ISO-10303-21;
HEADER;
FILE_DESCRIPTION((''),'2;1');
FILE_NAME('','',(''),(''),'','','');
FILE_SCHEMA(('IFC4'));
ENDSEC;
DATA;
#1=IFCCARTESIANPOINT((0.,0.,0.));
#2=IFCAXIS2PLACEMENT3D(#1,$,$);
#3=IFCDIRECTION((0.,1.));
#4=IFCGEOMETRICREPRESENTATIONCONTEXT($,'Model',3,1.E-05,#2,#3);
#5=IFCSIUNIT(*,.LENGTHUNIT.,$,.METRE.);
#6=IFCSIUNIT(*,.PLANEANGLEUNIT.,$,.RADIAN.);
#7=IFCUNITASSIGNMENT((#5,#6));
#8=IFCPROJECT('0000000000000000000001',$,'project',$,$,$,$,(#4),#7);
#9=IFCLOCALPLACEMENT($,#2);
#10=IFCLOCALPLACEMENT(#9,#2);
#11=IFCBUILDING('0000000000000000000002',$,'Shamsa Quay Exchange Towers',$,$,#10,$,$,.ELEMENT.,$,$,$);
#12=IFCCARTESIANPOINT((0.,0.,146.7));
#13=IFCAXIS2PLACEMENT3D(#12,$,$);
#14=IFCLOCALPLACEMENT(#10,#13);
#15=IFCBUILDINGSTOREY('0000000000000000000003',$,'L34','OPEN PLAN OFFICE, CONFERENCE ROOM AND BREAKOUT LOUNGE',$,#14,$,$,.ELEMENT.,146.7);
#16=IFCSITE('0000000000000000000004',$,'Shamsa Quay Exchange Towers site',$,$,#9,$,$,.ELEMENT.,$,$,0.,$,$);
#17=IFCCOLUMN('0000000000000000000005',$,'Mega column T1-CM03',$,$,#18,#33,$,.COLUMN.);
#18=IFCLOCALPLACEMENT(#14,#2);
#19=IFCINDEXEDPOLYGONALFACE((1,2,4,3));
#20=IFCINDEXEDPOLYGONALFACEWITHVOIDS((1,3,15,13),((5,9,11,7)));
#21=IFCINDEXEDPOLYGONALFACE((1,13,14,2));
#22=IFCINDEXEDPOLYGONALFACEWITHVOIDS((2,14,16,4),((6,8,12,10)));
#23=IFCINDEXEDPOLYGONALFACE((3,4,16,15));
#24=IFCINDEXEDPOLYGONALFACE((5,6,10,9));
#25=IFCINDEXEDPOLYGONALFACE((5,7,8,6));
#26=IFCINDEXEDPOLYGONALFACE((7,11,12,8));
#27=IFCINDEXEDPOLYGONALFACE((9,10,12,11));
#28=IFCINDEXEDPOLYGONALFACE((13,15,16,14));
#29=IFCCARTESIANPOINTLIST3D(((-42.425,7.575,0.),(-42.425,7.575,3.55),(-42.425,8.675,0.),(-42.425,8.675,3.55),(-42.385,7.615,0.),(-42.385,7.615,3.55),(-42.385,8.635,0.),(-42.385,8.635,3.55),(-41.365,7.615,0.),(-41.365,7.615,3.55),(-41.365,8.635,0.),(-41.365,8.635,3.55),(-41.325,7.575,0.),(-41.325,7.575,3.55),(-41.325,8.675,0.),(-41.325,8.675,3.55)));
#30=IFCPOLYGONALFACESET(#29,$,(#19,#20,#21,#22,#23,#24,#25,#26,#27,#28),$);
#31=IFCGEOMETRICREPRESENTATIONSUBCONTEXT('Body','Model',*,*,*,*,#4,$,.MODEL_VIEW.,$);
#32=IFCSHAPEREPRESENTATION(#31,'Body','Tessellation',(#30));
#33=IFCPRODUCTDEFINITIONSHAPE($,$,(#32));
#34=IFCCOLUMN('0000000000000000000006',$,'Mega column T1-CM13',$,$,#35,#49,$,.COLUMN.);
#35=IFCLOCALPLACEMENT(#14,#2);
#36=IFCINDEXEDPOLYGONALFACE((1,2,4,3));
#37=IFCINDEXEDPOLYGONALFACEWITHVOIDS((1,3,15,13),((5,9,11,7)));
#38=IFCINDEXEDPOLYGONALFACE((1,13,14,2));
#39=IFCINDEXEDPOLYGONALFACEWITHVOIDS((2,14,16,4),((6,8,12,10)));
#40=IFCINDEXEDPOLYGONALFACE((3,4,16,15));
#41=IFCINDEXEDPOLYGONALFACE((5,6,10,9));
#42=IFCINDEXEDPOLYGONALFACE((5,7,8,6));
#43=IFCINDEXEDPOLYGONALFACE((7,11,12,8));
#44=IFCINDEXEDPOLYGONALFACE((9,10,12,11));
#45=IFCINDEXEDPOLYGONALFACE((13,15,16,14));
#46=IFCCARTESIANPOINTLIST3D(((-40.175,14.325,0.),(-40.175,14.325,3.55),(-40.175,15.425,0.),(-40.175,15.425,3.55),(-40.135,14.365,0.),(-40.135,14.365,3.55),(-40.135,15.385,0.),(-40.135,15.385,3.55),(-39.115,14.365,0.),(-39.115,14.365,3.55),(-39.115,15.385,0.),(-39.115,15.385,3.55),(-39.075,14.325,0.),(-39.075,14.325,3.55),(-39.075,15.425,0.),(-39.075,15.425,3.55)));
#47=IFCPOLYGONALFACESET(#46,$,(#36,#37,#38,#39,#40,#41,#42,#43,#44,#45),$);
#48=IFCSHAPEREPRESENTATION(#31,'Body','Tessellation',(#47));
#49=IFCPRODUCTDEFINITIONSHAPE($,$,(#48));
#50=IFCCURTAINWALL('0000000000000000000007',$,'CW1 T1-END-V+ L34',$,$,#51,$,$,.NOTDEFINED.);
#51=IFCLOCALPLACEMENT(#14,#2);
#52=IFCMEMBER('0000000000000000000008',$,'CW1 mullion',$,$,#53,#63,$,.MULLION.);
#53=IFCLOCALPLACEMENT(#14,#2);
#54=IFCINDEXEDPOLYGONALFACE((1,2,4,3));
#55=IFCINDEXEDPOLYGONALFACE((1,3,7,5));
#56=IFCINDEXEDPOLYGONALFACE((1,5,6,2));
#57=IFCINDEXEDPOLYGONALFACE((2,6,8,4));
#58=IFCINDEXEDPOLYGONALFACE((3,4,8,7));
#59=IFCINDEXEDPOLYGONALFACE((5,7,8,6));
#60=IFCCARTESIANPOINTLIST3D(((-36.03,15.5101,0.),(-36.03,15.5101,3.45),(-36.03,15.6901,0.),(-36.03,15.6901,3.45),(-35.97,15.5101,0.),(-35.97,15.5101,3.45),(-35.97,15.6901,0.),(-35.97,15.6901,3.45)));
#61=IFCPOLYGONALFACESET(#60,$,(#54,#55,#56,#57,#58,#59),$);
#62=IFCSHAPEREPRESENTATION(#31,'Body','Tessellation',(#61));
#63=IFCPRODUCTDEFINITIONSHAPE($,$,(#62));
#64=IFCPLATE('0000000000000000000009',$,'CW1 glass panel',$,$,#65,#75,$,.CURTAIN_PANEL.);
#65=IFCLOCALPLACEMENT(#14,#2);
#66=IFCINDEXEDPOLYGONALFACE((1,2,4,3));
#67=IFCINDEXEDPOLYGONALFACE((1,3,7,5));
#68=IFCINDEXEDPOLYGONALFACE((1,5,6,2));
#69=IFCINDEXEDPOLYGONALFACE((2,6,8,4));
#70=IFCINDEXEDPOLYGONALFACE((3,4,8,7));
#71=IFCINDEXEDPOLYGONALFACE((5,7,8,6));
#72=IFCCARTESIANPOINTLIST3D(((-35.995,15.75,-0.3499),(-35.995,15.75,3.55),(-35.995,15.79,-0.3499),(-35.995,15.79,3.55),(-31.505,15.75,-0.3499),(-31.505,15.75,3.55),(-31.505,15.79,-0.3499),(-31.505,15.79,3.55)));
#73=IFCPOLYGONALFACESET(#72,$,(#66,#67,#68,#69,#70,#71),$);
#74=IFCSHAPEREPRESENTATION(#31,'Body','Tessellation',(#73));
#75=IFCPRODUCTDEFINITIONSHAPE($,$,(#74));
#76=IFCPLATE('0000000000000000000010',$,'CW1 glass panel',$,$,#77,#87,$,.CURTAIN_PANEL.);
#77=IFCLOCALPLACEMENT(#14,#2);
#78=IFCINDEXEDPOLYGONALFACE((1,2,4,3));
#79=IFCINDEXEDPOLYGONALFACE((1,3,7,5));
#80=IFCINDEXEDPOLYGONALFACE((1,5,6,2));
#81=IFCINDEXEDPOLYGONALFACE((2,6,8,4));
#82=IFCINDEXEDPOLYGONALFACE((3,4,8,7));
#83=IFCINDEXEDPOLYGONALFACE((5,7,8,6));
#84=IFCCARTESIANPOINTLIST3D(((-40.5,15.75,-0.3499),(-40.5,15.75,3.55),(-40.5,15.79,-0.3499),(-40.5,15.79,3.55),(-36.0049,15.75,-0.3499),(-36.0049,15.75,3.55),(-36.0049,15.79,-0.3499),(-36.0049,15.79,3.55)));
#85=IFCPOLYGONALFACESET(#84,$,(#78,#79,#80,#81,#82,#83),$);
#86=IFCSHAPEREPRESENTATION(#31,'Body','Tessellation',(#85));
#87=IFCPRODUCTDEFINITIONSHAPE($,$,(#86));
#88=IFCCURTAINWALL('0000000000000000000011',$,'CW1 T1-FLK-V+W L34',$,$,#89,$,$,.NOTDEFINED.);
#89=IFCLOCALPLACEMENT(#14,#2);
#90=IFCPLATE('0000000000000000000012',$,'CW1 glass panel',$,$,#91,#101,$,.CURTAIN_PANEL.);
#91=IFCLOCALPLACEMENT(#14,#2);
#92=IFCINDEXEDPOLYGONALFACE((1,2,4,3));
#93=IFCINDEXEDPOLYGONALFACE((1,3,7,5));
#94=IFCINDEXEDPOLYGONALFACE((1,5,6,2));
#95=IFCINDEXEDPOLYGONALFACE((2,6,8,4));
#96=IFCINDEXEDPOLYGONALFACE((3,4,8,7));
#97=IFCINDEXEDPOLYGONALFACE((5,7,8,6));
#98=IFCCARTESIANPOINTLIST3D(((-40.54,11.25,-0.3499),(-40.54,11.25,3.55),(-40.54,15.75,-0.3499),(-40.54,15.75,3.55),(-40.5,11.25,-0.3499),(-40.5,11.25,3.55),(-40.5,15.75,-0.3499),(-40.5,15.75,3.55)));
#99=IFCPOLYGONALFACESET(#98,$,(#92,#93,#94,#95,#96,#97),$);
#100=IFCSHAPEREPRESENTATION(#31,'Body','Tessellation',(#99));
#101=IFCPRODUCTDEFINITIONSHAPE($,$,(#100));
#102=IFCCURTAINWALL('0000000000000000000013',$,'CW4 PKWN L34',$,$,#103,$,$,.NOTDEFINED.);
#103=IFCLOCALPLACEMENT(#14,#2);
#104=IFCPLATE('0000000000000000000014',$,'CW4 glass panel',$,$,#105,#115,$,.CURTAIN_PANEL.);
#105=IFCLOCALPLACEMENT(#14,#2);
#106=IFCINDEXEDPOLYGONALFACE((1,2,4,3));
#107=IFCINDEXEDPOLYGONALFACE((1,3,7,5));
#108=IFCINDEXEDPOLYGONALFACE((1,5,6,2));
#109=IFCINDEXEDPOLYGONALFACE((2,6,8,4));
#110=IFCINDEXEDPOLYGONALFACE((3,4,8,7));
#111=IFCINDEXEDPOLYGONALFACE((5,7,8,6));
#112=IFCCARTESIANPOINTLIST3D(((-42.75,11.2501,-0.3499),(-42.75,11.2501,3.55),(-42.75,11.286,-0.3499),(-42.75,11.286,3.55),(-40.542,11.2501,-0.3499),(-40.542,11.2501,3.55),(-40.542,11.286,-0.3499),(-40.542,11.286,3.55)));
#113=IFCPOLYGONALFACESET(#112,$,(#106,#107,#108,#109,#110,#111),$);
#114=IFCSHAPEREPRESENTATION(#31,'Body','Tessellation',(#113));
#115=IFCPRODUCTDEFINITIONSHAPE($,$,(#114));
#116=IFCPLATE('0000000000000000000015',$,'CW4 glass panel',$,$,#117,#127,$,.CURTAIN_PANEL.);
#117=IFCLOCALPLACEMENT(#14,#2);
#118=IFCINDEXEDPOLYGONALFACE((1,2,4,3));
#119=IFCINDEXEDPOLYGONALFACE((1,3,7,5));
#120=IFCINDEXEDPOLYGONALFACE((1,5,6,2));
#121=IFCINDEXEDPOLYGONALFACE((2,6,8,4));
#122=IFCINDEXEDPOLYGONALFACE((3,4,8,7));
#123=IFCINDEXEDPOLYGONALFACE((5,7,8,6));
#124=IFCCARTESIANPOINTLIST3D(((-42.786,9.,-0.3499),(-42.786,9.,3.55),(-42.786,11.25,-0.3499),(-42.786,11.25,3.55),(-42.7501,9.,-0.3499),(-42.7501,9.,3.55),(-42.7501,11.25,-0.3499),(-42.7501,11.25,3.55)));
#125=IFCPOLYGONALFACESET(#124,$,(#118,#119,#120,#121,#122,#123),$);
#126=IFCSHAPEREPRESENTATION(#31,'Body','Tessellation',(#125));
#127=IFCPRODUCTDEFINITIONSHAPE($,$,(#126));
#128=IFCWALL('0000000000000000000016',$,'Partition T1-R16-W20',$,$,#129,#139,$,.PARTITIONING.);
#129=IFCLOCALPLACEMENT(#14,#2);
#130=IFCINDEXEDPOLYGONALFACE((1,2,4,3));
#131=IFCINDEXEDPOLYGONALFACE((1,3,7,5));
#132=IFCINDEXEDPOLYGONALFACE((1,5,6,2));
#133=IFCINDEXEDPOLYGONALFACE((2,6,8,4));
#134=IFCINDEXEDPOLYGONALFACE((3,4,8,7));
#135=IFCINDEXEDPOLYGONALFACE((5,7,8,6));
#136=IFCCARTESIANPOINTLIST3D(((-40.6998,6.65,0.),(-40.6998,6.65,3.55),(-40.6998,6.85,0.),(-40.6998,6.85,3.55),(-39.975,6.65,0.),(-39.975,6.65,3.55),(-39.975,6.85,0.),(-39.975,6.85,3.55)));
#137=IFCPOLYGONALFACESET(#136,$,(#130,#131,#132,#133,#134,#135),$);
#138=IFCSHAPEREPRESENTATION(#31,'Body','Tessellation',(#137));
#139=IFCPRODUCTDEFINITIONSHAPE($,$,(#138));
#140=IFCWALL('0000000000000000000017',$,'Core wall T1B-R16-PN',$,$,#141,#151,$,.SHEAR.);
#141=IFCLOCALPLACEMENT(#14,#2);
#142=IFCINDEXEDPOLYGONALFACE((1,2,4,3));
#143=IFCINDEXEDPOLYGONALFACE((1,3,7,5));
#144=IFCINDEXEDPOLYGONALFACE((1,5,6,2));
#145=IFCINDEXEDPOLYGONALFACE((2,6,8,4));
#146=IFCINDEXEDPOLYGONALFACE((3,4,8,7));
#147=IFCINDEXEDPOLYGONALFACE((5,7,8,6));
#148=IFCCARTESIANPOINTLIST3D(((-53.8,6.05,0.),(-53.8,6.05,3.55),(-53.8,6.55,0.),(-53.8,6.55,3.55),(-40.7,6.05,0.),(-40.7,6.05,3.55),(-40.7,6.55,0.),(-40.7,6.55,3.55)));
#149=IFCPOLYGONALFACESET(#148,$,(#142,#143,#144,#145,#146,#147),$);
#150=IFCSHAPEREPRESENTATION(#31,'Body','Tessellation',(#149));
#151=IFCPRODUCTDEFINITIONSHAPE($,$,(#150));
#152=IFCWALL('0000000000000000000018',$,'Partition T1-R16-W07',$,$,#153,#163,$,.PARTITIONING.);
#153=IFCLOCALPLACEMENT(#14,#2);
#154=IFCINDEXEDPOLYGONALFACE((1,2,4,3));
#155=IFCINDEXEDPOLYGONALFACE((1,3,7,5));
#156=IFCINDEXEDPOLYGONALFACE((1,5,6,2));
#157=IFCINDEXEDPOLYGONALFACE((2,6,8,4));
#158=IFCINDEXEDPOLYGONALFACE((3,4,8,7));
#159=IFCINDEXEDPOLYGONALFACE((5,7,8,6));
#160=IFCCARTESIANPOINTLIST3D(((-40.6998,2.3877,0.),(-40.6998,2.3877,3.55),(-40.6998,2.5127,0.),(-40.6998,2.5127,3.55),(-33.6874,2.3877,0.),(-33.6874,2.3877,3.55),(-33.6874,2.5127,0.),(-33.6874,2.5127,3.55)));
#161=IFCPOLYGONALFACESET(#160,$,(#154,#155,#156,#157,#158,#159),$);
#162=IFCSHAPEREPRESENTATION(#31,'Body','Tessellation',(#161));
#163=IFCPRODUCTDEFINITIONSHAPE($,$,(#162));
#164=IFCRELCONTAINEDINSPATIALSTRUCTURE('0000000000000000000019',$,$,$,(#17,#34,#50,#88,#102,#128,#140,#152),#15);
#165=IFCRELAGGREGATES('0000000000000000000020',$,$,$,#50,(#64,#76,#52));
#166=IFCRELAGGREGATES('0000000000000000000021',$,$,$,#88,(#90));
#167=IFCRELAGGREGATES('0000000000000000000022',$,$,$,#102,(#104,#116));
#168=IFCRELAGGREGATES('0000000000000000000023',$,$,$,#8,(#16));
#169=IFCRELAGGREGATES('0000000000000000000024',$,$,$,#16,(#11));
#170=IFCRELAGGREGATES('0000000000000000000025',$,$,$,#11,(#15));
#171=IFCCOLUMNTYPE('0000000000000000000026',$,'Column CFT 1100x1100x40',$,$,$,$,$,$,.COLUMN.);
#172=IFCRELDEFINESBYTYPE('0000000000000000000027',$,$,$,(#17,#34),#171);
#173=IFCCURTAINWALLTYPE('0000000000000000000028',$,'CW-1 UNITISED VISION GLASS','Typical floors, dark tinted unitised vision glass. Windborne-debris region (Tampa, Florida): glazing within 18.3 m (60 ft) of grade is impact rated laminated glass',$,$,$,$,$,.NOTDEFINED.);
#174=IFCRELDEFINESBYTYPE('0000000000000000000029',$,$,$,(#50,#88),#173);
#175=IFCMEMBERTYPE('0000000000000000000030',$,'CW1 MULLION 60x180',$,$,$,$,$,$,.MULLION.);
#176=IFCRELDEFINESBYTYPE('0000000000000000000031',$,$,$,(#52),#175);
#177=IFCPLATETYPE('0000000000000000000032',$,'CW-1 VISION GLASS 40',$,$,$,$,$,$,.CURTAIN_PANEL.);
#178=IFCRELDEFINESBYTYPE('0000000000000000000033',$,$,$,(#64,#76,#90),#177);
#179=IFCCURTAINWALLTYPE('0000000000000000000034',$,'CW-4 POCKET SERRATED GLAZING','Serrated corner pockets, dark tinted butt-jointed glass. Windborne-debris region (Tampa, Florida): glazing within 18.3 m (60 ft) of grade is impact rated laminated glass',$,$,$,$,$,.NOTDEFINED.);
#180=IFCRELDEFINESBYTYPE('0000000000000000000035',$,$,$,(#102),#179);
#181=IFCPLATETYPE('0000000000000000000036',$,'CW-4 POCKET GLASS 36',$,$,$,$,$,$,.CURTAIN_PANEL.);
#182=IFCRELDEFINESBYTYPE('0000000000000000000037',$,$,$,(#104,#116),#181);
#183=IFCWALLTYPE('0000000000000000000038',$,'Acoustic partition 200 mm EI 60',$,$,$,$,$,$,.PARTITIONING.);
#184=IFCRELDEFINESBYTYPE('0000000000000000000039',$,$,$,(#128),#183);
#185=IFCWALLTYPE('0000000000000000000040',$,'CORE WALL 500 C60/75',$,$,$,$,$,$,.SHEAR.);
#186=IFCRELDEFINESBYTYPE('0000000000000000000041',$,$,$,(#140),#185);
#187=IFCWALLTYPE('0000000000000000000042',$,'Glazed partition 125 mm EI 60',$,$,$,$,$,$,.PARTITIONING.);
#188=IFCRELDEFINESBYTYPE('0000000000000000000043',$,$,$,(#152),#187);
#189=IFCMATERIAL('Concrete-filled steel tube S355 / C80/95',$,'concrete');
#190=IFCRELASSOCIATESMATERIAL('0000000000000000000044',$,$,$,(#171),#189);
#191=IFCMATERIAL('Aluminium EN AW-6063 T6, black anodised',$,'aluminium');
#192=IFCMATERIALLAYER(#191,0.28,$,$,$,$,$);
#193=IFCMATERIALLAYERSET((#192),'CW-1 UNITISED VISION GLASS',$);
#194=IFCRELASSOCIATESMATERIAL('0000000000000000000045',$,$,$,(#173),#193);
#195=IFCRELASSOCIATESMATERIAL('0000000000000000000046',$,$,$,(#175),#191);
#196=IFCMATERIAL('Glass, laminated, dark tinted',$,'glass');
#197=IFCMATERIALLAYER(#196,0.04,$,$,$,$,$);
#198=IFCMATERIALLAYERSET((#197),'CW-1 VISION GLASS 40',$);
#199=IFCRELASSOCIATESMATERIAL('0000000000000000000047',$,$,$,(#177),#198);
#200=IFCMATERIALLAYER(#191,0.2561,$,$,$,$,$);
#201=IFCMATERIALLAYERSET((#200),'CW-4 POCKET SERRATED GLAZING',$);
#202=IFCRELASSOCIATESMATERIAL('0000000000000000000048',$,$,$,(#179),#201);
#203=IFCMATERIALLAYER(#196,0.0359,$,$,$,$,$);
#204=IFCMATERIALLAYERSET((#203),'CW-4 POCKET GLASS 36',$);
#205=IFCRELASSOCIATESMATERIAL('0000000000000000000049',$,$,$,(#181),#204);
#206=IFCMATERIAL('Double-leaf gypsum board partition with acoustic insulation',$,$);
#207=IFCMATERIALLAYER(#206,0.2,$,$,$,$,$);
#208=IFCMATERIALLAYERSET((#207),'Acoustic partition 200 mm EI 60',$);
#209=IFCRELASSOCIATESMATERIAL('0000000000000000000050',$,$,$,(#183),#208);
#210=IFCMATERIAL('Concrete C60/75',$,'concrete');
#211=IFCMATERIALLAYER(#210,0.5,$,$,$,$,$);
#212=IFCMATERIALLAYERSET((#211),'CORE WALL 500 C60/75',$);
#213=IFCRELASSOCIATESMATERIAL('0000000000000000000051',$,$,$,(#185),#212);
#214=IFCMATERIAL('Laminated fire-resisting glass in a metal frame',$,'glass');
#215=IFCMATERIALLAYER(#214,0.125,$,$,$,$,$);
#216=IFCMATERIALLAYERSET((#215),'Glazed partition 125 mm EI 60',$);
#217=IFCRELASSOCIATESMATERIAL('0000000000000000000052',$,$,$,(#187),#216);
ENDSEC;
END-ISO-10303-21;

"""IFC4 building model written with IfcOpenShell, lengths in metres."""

from ifc_helpers import new_model, si_unit, direction, frame, frame_2d, origin, origin_2d, place, context, subcontext, project, spatial, rectangle, hollow_rectangle, extrude, material, layer, layer_set, material_profile, profile_set, type_object, element, aggregate, save


model = new_model("IFC4")

# Units and contexts
model_context = context("Model", 3, precision=1e-05, world=origin(), true_north=direction((0.0, 1.0)))
body_context = subcontext(model_context, "Body", "Model", "MODEL_VIEW")
ifc_project = project(units=[si_unit("LENGTHUNIT", "METRE"), si_unit("PLANEANGLEUNIT", "RADIAN")], contexts=[model_context])

# Site, building, storey
site_placement = place(None, origin())
site = spatial("IfcSite", under=ifc_project, at=site_placement, Name="Shamsa Quay Exchange Towers site", CompositionType="ELEMENT", RefElevation=0.0)
building_placement = place(site_placement, origin())
building = spatial("IfcBuilding", under=site, at=building_placement, Name="Shamsa Quay Exchange Towers", CompositionType="ELEMENT")
storey_placement = place(building_placement, frame((0.0, 0.0, 146.7)))
storey = spatial("IfcBuildingStorey", under=building, at=storey_placement, Name="L34", Description="OPEN PLAN OFFICE, CONFERENCE ROOM AND BREAKOUT LOUNGE", CompositionType="ELEMENT", Elevation=146.7)

# Columns
ifc_material_1 = material(Name="Concrete-filled steel tube S355 / C80/95", Category="concrete")
ifc_material_profile_1 = material_profile(ifc_material_1, hollow_rectangle(XDim=1.1001, YDim=1.1001, WallThickness=0.04, at=origin_2d()), Name="CFT 1100x1100x40")
ifc_profile_set_1 = profile_set([ifc_material_profile_1], Name="Concrete-filled steel tube S355 / C80/95")
column_type = type_object("IfcColumnType", Name="Column CFT 1100x1100x40", PredefinedType="COLUMN", material=ifc_profile_set_1)
for number, where, name in (
    (1, (-41.875, 8.125, 0.0), "Mega column T1-CM03"),
    (2, (-39.625, 14.875, 0.0), "Mega column T1-CM13"),
):
    element("IfcColumn", number, at=place(storey_placement, frame(where)), inside=storey, type_object=column_type, Name=name, PredefinedType="COLUMN", context=body_context, shape_type="SweptSolid", body=[
        extrude(hollow_rectangle(XDim=1.1001, YDim=1.1001, WallThickness=0.04, at=origin_2d()), origin(), (0.0, 0.0, 1.0), 3.55),
    ])

# Curtain wall, member, plates
ifc_material_2 = material(Name="Aluminium EN AW-6063 T6, black anodised", Category="aluminium")
ifc_layer_1 = layer(ifc_material_2, 0.28)
ifc_layer_set_1 = layer_set([ifc_layer_1], Name="CW-1 UNITISED VISION GLASS")
curtain_wall_type_1 = type_object("IfcCurtainWallType", Name="CW-1 UNITISED VISION GLASS", Description="Typical floors, dark tinted unitised vision glass. Windborne-debris region (Tampa, Florida): glazing within 18.3 m (60 ft) of grade is impact rated laminated glass", PredefinedType="NOTDEFINED", material=ifc_layer_set_1)
curtain_wall_1_placement = place(storey_placement, origin())
curtain_wall_1 = element("IfcCurtainWall", 3, at=curtain_wall_1_placement, inside=storey, type_object=curtain_wall_type_1, Name="CW1 T1-END-V+ L34", PredefinedType="NOTDEFINED")
ifc_material_profile_2 = material_profile(ifc_material_2, rectangle(XDim=0.1799, YDim=0.0601, at=origin_2d()), Name="MU60x180")
ifc_profile_set_2 = profile_set([ifc_material_profile_2], Name="Aluminium EN AW-6063 T6, black anodised")
member_type = type_object("IfcMemberType", Name="CW1 MULLION 60x180", PredefinedType="MULLION", material=ifc_profile_set_2)
member_placement = place(storey_placement, frame((-36.0, 15.6001, 0.0), z_axis=(0.0, 0.0, 1.0), x_axis=(0.0, -1.0, 0.0)))
member = element("IfcMember", 4, at=member_placement, type_object=member_type, Name="CW1 mullion", PredefinedType="MULLION", context=body_context, shape_type="SweptSolid", body=[
    extrude(rectangle(XDim=0.1799, YDim=0.0601, at=origin_2d()), origin(), (0.0, 0.0, 1.0), 3.45),
])
ifc_material_3 = material(Name="Glass, laminated, dark tinted", Category="glass")
ifc_layer_2 = layer(ifc_material_3, 0.04)
ifc_layer_set_2 = layer_set([ifc_layer_2], Name="CW-1 VISION GLASS 40")
plate_type_1 = type_object("IfcPlateType", Name="CW-1 VISION GLASS 40", PredefinedType="CURTAIN_PANEL", material=ifc_layer_set_2)
plate_1_placement = place(storey_placement, frame((-33.75, 15.77, -0.3499), z_axis=(0.0, 0.0, 1.0), x_axis=(-1.0, 0.0, 0.0)))
plate_1 = element("IfcPlate", 5, at=plate_1_placement, type_object=plate_type_1, Name="CW1 glass panel", PredefinedType="CURTAIN_PANEL", context=body_context, shape_type="SweptSolid", body=[
    extrude(rectangle(XDim=4.49, YDim=0.04, at=origin_2d()), origin(), (0.0, 0.0, 1.0), 3.8999),
])
plate_2_placement = place(storey_placement, frame((-38.2524, 15.77, -0.3499), z_axis=(0.0, 0.0, 1.0), x_axis=(-1.0, 0.0, 0.0)))
plate_2 = element("IfcPlate", 6, at=plate_2_placement, type_object=plate_type_1, Name="CW1 glass panel", PredefinedType="CURTAIN_PANEL", context=body_context, shape_type="SweptSolid", body=[
    extrude(rectangle(XDim=4.4951, YDim=0.04, at=origin_2d()), origin(), (0.0, 0.0, 1.0), 3.8999),
])
aggregate(curtain_wall_1, [plate_1, plate_2, member])

# Curtain wall, plate
curtain_wall_2_placement = place(storey_placement, origin())
curtain_wall_2 = element("IfcCurtainWall", 7, at=curtain_wall_2_placement, inside=storey, type_object=curtain_wall_type_1, Name="CW1 T1-FLK-V+W L34", PredefinedType="NOTDEFINED")
plate_3_placement = place(storey_placement, frame((-40.52, 13.5, -0.3499), z_axis=(0.0, 0.0, 1.0), x_axis=(0.0, -1.0, 0.0)))
plate_3 = element("IfcPlate", 8, at=plate_3_placement, type_object=plate_type_1, Name="CW1 glass panel", PredefinedType="CURTAIN_PANEL", context=body_context, shape_type="SweptSolid", body=[
    extrude(rectangle(XDim=4.5, YDim=0.04, at=origin_2d()), origin(), (0.0, 0.0, 1.0), 3.8999),
])
aggregate(curtain_wall_2, [plate_3])

# Curtain wall, plates
ifc_layer_3 = layer(ifc_material_2, 0.2561)
ifc_layer_set_3 = layer_set([ifc_layer_3], Name="CW-4 POCKET SERRATED GLAZING")
curtain_wall_type_2 = type_object("IfcCurtainWallType", Name="CW-4 POCKET SERRATED GLAZING", Description="Serrated corner pockets, dark tinted butt-jointed glass. Windborne-debris region (Tampa, Florida): glazing within 18.3 m (60 ft) of grade is impact rated laminated glass", PredefinedType="NOTDEFINED", material=ifc_layer_set_3)
curtain_wall_3_placement = place(storey_placement, origin())
curtain_wall_3 = element("IfcCurtainWall", 9, at=curtain_wall_3_placement, inside=storey, type_object=curtain_wall_type_2, Name="CW4 PKWN L34", PredefinedType="NOTDEFINED")
ifc_layer_4 = layer(ifc_material_3, 0.0359)
ifc_layer_set_4 = layer_set([ifc_layer_4], Name="CW-4 POCKET GLASS 36")
plate_type_2 = type_object("IfcPlateType", Name="CW-4 POCKET GLASS 36", PredefinedType="CURTAIN_PANEL", material=ifc_layer_set_4)
plate_4_placement = place(storey_placement, frame((-41.646, 11.2681, -0.3499), z_axis=(0.0, 0.0, 1.0), x_axis=(-1.0, 0.0, 0.0)))
plate_4 = element("IfcPlate", 10, at=plate_4_placement, type_object=plate_type_2, Name="CW4 glass panel", PredefinedType="CURTAIN_PANEL", context=body_context, shape_type="SweptSolid", body=[
    extrude(rectangle(XDim=2.208, YDim=0.0359, at=origin_2d()), origin(), (0.0, 0.0, 1.0), 3.8999),
])
plate_5_placement = place(storey_placement, frame((-42.7681, 10.125, -0.3499), z_axis=(0.0, 0.0, 1.0), x_axis=(0.0, -1.0, 0.0)))
plate_5 = element("IfcPlate", 11, at=plate_5_placement, type_object=plate_type_2, Name="CW4 glass panel", PredefinedType="CURTAIN_PANEL", context=body_context, shape_type="SweptSolid", body=[
    extrude(rectangle(XDim=2.25, YDim=0.0359, at=origin_2d()), origin(), (0.0, 0.0, 1.0), 3.8999),
])
aggregate(curtain_wall_3, [plate_4, plate_5])

# Shared definitions
ifc_material_4 = material(Name="Double-leaf gypsum board partition with acoustic insulation")
ifc_layer_5 = layer(ifc_material_4, 0.2)
ifc_layer_set_5 = layer_set([ifc_layer_5], Name="Acoustic partition 200 mm EI 60")
wall_type_1 = type_object("IfcWallType", Name="Acoustic partition 200 mm EI 60", PredefinedType="PARTITIONING", material=ifc_layer_set_5)

# Walls
wall_1_placement = place(storey_placement, frame((-39.9751, 6.75, 0.0), z_axis=(0.0, 0.0, 1.0), x_axis=(-1.0, 0.0, 0.0)))
element("IfcWall", 12, at=wall_1_placement, inside=storey, type_object=wall_type_1, Name="Partition T1-R16-W20", PredefinedType="PARTITIONING", context=body_context, shape_type="SweptSolid", body=[
    extrude(rectangle(XDim=0.7249, YDim=0.2, at=frame_2d((0.3623, 0.0))), origin(), (0.0, 0.0, 1.0), 3.55),
])
ifc_material_5 = material(Name="Concrete C60/75", Category="concrete")
ifc_layer_6 = layer(ifc_material_5, 0.5)
ifc_layer_set_6 = layer_set([ifc_layer_6], Name="CORE WALL 500 C60/75")
wall_type_2 = type_object("IfcWallType", Name="CORE WALL 500 C60/75", PredefinedType="SHEAR", material=ifc_layer_set_6)
wall_2_placement = place(storey_placement, frame((-40.7, 6.3, 0.0), z_axis=(0.0, 0.0, 1.0), x_axis=(-1.0, 0.0, 0.0)))
element("IfcWall", 13, at=wall_2_placement, inside=storey, type_object=wall_type_2, Name="Core wall T1B-R16-PN", PredefinedType="SHEAR", context=body_context, shape_type="SweptSolid", body=[
    extrude(rectangle(XDim=13.1001, YDim=0.5, at=frame_2d((6.55, 0.0))), origin(), (0.0, 0.0, 1.0), 3.55),
])
ifc_material_6 = material(Name="Laminated fire-resisting glass in a metal frame", Category="glass")
ifc_layer_7 = layer(ifc_material_6, 0.125)
ifc_layer_set_7 = layer_set([ifc_layer_7], Name="Glazed partition 125 mm EI 60")
wall_type_3 = type_object("IfcWallType", Name="Glazed partition 125 mm EI 60", PredefinedType="PARTITIONING", material=ifc_layer_set_7)
wall_3_placement = place(storey_placement, frame((-40.7, 2.4502, 0.0)))
element("IfcWall", 14, at=wall_3_placement, inside=storey, type_object=wall_type_3, Name="Partition T1-R16-W07", PredefinedType="PARTITIONING", context=body_context, shape_type="SweptSolid", body=[
    extrude(rectangle(XDim=7.0125, YDim=0.125, at=frame_2d((3.5063, 0.0))), origin(), (0.0, 0.0, 1.0), 3.55),
])

save(model, "model.ifc")
